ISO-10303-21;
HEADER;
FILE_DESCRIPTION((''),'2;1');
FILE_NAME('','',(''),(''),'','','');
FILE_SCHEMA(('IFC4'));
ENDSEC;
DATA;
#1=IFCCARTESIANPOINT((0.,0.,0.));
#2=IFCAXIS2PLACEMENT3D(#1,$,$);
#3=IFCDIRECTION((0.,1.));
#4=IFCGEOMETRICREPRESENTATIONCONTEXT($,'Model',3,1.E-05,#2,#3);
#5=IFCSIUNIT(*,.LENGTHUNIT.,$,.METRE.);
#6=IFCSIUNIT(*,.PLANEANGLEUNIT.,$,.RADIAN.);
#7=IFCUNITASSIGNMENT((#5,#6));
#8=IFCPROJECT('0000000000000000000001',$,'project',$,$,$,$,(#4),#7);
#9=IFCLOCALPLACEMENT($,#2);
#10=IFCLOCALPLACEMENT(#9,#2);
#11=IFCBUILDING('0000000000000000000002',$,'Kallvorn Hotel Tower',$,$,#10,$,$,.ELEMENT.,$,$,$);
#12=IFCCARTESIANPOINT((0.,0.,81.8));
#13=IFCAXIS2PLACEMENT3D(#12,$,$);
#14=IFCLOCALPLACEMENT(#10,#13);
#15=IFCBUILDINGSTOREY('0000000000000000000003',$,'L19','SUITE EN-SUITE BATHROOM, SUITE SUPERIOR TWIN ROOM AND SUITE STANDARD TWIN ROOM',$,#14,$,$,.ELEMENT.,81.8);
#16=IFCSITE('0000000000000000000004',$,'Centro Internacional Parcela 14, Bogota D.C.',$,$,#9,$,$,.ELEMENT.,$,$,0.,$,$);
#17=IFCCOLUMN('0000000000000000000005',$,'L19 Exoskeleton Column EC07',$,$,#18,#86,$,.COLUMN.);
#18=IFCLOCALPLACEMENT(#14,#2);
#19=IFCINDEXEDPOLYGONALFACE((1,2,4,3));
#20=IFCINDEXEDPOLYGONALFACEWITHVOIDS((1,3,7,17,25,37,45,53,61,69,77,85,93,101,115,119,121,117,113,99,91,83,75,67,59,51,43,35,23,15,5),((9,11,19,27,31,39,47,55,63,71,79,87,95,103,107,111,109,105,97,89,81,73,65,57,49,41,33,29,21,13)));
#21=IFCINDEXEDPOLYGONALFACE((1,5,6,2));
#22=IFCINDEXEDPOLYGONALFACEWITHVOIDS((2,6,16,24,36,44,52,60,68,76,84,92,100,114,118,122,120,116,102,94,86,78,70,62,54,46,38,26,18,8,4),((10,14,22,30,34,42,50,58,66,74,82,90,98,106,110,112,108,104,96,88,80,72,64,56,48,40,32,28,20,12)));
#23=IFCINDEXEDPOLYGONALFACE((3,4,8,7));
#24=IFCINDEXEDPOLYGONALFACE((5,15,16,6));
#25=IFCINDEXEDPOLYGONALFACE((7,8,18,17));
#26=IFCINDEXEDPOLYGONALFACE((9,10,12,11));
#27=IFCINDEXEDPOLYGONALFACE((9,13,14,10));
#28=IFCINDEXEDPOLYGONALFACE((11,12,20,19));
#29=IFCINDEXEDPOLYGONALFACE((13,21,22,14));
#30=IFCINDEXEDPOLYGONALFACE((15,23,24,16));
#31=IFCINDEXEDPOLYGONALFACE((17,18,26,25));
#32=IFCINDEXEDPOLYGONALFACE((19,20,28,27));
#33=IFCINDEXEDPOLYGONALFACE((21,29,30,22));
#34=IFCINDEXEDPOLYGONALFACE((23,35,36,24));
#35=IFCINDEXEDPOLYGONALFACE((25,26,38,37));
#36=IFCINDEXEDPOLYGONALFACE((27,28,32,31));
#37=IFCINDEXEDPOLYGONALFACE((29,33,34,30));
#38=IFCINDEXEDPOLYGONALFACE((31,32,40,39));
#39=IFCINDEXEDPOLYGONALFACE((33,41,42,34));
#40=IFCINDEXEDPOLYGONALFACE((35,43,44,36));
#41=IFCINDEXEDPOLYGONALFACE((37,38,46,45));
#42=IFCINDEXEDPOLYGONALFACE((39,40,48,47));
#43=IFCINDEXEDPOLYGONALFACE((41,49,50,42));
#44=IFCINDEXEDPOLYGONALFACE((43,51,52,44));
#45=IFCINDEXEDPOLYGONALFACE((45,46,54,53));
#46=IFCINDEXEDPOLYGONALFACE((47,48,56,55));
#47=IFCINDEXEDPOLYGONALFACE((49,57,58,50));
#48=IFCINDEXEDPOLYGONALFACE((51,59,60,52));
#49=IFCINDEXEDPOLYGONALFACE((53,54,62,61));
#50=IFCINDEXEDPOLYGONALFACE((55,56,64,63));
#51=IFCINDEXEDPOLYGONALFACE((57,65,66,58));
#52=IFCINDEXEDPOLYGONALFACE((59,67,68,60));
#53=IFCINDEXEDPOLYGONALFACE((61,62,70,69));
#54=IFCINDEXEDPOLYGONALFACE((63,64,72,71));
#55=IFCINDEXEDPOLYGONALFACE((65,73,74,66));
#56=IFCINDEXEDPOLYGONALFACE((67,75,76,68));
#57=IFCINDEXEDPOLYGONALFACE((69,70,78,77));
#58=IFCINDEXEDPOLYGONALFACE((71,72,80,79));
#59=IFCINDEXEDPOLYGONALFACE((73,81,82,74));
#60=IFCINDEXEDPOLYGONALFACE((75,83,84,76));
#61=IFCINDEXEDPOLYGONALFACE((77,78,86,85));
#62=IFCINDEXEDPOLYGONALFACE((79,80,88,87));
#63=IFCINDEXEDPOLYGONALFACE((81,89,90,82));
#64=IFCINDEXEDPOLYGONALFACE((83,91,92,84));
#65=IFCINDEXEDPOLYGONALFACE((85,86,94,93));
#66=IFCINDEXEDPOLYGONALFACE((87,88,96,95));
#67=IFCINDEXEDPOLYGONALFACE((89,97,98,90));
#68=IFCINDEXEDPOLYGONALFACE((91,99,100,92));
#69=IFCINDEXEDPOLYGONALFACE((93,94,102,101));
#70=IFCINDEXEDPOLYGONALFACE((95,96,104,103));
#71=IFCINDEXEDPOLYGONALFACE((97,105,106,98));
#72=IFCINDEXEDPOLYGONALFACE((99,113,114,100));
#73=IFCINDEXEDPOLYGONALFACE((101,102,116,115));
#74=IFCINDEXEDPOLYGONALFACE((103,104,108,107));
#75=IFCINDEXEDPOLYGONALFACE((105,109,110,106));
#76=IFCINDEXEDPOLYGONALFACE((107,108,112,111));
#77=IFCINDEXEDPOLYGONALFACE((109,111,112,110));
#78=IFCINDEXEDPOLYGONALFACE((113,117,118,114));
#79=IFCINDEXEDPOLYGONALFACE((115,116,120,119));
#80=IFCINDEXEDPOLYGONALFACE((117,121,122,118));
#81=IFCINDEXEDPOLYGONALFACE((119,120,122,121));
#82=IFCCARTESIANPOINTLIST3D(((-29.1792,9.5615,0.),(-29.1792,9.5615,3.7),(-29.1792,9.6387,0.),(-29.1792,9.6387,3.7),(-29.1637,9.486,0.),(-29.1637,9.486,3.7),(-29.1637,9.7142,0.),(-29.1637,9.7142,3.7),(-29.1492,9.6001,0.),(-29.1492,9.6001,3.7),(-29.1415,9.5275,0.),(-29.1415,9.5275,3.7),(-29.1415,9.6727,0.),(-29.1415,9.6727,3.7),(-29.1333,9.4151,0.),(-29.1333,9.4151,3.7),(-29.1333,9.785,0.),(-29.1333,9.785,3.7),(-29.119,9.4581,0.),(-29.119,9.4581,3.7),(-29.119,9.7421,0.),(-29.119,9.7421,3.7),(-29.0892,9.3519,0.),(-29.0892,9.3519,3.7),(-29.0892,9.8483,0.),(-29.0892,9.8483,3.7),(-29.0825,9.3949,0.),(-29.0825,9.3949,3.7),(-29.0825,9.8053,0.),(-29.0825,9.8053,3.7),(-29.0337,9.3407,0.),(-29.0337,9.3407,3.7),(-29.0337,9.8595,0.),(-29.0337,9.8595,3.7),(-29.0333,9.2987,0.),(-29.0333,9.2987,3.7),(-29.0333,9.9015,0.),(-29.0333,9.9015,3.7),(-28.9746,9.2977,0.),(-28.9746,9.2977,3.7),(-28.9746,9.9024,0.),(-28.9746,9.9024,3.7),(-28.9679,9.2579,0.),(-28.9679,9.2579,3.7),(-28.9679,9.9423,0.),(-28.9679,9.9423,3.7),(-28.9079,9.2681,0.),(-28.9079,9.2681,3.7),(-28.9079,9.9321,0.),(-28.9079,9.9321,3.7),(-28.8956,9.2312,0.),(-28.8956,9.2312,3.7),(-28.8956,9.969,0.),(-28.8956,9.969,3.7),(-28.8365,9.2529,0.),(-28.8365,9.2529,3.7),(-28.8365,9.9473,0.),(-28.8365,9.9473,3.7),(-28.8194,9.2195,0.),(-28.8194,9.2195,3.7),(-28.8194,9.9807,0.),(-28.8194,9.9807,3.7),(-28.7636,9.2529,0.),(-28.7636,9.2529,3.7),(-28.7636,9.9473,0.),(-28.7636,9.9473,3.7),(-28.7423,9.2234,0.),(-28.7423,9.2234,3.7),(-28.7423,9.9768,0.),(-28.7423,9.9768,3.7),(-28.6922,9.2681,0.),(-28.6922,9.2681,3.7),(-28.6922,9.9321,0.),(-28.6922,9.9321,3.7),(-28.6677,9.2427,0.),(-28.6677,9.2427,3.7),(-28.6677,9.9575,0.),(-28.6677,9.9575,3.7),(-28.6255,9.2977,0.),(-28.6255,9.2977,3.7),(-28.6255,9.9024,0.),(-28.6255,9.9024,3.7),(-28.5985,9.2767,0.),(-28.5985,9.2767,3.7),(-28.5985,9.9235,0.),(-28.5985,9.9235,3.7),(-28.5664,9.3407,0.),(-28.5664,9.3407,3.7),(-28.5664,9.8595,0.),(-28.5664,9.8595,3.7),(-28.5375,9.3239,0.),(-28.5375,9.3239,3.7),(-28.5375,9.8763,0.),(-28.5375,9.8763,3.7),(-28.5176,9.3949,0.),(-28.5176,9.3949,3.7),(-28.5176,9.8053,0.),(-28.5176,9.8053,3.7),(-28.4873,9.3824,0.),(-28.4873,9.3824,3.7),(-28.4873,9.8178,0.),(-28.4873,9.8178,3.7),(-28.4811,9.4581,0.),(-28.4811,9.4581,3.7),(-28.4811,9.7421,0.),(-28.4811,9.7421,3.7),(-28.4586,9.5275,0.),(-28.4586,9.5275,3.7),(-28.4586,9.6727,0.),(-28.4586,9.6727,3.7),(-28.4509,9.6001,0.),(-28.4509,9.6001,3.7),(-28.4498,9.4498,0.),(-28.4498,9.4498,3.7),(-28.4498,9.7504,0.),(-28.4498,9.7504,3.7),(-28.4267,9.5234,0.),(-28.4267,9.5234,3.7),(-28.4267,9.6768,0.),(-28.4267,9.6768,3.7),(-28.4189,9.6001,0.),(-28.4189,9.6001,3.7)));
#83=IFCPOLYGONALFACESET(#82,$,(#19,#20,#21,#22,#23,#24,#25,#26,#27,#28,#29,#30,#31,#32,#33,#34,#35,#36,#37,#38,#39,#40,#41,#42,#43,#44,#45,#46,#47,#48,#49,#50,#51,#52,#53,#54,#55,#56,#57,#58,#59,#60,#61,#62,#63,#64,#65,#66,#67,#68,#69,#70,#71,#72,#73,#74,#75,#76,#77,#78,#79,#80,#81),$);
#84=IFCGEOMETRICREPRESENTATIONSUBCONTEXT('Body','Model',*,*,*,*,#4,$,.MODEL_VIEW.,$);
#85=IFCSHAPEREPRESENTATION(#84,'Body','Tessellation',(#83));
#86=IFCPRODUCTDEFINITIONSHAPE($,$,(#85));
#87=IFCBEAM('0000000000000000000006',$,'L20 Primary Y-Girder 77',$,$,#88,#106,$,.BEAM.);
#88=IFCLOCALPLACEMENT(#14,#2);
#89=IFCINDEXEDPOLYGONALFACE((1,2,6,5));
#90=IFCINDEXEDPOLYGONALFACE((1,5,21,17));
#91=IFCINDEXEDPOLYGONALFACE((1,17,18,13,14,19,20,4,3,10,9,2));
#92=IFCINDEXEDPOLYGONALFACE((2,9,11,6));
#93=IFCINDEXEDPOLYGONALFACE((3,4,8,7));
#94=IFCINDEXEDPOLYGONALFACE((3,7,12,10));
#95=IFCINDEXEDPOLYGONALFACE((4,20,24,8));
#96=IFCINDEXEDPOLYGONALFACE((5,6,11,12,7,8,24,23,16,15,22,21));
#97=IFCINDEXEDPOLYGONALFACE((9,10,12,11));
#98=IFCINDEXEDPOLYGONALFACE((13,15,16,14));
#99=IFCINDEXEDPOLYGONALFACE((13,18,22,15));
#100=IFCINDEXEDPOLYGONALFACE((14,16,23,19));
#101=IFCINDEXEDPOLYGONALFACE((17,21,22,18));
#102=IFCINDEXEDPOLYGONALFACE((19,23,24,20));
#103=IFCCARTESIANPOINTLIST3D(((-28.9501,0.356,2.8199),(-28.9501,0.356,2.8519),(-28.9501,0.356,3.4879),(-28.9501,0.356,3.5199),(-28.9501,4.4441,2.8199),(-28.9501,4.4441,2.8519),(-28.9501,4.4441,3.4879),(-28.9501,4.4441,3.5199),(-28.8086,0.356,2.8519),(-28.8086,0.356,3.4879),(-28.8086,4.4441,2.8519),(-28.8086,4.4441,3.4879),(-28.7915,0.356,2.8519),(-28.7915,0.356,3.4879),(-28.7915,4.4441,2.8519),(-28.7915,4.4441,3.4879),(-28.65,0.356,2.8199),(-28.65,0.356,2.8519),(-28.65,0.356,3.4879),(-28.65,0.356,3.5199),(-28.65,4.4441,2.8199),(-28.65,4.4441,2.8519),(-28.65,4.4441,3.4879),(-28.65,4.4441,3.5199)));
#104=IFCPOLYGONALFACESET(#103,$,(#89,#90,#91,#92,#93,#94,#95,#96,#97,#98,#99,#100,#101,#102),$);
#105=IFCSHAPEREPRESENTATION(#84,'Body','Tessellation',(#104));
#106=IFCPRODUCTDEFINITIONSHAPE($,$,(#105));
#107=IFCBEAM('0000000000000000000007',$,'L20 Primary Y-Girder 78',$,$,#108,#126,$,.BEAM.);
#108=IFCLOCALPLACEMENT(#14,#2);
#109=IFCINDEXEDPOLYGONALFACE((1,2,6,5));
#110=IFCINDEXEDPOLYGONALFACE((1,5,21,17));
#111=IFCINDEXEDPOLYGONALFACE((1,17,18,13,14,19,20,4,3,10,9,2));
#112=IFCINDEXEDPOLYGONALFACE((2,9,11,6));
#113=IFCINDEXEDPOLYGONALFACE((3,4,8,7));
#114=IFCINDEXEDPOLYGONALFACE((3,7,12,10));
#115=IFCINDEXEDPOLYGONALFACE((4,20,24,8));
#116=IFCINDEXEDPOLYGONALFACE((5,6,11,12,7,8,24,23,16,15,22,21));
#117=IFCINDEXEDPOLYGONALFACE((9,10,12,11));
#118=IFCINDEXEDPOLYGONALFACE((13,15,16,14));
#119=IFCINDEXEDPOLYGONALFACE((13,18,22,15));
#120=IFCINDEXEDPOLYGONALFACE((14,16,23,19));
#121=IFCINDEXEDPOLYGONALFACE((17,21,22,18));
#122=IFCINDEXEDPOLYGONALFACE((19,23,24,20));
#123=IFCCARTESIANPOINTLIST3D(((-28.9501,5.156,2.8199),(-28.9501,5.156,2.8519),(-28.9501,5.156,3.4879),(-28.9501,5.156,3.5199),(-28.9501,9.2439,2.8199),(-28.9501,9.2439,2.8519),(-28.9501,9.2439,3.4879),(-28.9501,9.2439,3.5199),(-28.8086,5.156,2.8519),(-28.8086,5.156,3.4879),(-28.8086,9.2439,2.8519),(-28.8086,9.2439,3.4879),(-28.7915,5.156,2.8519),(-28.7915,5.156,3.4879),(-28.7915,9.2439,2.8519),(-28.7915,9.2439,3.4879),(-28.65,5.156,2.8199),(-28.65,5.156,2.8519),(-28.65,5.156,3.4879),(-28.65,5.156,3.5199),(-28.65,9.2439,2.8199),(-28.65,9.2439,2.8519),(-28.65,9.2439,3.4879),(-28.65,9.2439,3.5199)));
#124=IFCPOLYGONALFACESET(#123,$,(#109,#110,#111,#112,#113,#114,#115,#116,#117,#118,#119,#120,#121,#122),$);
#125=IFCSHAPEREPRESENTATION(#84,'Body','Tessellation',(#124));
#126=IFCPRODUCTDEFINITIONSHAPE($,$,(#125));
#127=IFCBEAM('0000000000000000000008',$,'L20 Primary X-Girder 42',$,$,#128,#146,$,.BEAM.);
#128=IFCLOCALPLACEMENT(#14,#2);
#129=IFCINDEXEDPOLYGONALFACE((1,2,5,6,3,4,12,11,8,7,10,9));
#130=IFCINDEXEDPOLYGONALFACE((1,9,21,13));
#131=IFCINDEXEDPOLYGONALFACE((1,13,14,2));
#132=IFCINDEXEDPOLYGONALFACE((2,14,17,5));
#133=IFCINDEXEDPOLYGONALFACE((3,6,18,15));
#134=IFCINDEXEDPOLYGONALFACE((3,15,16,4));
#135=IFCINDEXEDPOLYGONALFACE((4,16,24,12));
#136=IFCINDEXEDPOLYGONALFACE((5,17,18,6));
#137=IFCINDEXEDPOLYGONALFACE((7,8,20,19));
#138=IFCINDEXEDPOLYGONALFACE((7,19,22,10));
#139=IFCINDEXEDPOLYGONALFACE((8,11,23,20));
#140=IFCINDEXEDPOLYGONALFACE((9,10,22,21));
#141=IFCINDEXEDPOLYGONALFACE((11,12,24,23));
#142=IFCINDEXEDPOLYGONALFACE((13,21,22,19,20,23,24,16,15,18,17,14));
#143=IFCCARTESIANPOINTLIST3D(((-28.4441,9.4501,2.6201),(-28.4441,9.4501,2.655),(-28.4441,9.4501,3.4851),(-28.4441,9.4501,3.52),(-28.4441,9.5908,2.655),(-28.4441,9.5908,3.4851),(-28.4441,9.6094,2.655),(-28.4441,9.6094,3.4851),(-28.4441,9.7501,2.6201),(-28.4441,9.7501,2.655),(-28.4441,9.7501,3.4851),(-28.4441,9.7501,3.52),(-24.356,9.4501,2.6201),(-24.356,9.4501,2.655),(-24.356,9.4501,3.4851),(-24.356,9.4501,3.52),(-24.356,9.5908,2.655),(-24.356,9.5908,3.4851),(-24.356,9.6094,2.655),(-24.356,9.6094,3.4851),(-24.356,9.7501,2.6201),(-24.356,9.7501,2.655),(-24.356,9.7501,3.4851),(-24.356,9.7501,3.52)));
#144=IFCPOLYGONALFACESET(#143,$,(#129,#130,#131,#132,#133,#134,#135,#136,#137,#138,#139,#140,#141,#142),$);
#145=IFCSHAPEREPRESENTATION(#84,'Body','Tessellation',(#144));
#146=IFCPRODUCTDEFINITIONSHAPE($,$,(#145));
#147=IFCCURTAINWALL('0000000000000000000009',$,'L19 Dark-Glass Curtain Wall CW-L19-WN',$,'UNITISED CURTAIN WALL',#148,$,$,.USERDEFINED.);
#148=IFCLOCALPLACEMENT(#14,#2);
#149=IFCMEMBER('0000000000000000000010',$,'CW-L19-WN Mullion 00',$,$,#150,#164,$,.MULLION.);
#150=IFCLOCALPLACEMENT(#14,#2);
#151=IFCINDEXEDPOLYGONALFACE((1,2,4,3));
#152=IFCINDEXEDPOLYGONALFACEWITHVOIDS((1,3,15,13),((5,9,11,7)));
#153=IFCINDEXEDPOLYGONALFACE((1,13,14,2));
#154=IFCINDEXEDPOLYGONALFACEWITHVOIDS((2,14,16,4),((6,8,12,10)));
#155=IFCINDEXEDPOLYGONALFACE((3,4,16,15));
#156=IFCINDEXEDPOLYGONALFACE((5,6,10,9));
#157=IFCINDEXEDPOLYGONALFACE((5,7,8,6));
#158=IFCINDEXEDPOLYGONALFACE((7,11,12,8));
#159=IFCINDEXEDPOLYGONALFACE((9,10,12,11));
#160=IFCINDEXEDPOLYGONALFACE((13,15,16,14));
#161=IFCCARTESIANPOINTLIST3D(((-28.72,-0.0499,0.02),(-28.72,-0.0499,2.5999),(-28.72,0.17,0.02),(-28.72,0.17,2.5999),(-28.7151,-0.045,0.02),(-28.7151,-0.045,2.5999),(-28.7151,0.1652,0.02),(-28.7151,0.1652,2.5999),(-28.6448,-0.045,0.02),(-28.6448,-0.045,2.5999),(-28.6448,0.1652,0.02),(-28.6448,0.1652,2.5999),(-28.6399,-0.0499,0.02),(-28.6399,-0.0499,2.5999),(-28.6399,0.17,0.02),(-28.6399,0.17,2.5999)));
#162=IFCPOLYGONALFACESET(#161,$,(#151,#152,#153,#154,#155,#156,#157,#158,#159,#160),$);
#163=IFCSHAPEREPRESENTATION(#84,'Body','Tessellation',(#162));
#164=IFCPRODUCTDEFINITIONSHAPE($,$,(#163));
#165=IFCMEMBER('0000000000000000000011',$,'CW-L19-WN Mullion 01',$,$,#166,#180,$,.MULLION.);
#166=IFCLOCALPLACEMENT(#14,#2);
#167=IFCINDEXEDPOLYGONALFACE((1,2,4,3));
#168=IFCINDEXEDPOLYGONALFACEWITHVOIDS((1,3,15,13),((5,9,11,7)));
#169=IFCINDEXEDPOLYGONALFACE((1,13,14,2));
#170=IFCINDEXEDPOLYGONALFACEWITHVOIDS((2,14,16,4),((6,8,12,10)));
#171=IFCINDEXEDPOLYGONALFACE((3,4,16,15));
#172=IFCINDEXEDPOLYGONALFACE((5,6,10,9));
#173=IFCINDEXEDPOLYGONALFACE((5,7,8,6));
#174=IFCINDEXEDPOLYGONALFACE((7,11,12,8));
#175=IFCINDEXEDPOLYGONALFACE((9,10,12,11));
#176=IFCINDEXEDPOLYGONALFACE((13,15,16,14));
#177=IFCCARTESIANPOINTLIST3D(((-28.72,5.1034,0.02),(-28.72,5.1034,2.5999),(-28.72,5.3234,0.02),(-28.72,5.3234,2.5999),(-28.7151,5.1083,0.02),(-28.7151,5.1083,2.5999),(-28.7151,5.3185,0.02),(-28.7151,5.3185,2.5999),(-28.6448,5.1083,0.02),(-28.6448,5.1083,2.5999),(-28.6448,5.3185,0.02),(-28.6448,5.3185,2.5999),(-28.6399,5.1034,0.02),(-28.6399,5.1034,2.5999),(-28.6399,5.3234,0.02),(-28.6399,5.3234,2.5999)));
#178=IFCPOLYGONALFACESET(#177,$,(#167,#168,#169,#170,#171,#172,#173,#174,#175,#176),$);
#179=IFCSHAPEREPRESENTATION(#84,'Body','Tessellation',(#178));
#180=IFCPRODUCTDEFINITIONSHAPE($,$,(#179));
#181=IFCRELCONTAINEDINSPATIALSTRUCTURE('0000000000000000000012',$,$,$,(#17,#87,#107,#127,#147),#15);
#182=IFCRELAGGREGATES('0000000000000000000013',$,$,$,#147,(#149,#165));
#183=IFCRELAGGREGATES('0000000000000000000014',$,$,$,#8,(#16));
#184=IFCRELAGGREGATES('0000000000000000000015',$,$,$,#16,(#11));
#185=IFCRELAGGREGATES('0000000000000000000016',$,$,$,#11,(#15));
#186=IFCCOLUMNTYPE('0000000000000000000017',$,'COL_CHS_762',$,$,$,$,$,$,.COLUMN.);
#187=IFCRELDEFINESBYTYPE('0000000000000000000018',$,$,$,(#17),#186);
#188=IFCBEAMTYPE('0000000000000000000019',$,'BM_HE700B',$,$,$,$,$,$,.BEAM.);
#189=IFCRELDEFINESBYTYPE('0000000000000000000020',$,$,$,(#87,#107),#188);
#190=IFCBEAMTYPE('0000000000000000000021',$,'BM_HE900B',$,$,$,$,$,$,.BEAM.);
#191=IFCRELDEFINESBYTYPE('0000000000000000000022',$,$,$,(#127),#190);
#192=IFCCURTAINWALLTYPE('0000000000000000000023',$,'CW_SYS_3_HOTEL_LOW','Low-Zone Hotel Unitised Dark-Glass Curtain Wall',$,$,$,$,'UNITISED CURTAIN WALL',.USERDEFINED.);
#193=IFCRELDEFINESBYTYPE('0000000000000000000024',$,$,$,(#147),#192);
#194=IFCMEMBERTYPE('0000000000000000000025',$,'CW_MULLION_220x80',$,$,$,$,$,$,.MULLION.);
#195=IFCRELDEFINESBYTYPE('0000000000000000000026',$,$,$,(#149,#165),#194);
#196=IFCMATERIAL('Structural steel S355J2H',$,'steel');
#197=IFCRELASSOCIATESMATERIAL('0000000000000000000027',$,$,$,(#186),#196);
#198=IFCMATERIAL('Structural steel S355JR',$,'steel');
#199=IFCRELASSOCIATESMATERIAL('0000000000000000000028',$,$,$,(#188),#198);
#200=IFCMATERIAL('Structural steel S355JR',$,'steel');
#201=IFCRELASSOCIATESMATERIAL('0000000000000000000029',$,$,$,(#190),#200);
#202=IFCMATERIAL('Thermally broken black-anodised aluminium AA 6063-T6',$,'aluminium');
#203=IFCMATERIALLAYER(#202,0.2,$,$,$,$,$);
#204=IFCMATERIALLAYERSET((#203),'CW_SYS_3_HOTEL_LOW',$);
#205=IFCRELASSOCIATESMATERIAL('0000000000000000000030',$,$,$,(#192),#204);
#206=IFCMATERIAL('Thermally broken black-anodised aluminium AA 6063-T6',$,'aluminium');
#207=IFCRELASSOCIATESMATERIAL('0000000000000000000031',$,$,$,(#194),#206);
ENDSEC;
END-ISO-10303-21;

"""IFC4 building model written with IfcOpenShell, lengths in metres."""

from ifc_helpers import new_model, si_unit, direction, frame, origin, origin_2d, place, context, subcontext, project, spatial, hollow_rectangle, hollow_circle, i_section, extrude, material, layer, layer_set, material_profile, profile_set, type_object, element, aggregate, save


model = new_model("IFC4")

# Units and contexts
model_context = context("Model", 3, precision=1e-05, world=origin(), true_north=direction((0.0, 1.0)))
body_context = subcontext(model_context, "Body", "Model", "MODEL_VIEW")
ifc_project = project(units=[si_unit("LENGTHUNIT", "METRE"), si_unit("PLANEANGLEUNIT", "RADIAN")], contexts=[model_context])

# Site, building, storey
site_placement = place(None, origin())
site = spatial("IfcSite", under=ifc_project, at=site_placement, Name="Centro Internacional Parcela 14, Bogota D.C.", CompositionType="ELEMENT", RefElevation=0.0)
building_placement = place(site_placement, origin())
building = spatial("IfcBuilding", under=site, at=building_placement, Name="Kallvorn Hotel Tower", CompositionType="ELEMENT")
storey_placement = place(building_placement, frame((0.0, 0.0, 81.8)))
storey = spatial("IfcBuildingStorey", under=building, at=storey_placement, Name="L19", Description="SUITE EN-SUITE BATHROOM, SUITE SUPERIOR TWIN ROOM AND SUITE STANDARD TWIN ROOM", CompositionType="ELEMENT", Elevation=81.8)

# Column
ifc_material_1 = material(Name="Structural steel S355J2H", Category="steel")
ifc_material_profile_1 = material_profile(ifc_material_1, hollow_circle(Radius=0.3811, WallThickness=0.032, at=origin_2d()), Name="CHS 762x32")
ifc_profile_set_1 = profile_set([ifc_material_profile_1], Name="Structural steel S355J2H")
column_type = type_object("IfcColumnType", Name="COL_CHS_762", PredefinedType="COLUMN", material=ifc_profile_set_1)
for number, where, z_axis, x_axis, name in (
    (1, (-28.8, 9.6001, 0.0), (0.0, 0.0, 1.0), (1.0, 0.0, 0.0), "L19 Exoskeleton Column EC07"),
):
    element("IfcColumn", number, at=place(storey_placement, frame(where, z_axis=z_axis, x_axis=x_axis)), inside=storey, type_object=column_type, Name=name, PredefinedType="COLUMN", context=body_context, shape_type="SweptSolid", body=[
        extrude(hollow_circle(Radius=0.3811, WallThickness=0.032, at=origin_2d()), origin(), (0.0, 0.0, 1.0), 3.7),
    ])

# Beams
ifc_material_2 = material(Name="Structural steel S355JR", Category="steel")
ifc_material_profile_2 = material_profile(ifc_material_2, i_section(OverallWidth=0.3, OverallDepth=0.7, WebThickness=0.0171, FlangeThickness=0.032, at=origin_2d()), Name="HE 700 B")
ifc_profile_set_2 = profile_set([ifc_material_profile_2], Name="Structural steel S355JR")
beam_type_1 = type_object("IfcBeamType", Name="BM_HE700B", PredefinedType="BEAM", material=ifc_profile_set_2)
beam_1_placement = place(storey_placement, frame((-28.8, 0.356, 3.1699), z_axis=(0.0, 1.0, 0.0), x_axis=(-1.0, 0.0, 0.0)))
element("IfcBeam", 2, at=beam_1_placement, inside=storey, type_object=beam_type_1, Name="L20 Primary Y-Girder 77", PredefinedType="BEAM", context=body_context, shape_type="SweptSolid", body=[
    extrude(i_section(OverallWidth=0.3, OverallDepth=0.7, WebThickness=0.0171, FlangeThickness=0.032, at=origin_2d()), origin(), (0.0, 0.0, 1.0), 4.0881),
])
beam_2_placement = place(storey_placement, frame((-28.8, 5.156, 3.1699), z_axis=(0.0, 1.0, 0.0), x_axis=(-1.0, 0.0, 0.0)))
element("IfcBeam", 3, at=beam_2_placement, inside=storey, type_object=beam_type_1, Name="L20 Primary Y-Girder 78", PredefinedType="BEAM", context=body_context, shape_type="SweptSolid", body=[
    extrude(i_section(OverallWidth=0.3, OverallDepth=0.7, WebThickness=0.0171, FlangeThickness=0.032, at=origin_2d()), origin(), (0.0, 0.0, 1.0), 4.0879),
])
ifc_material_3 = material(Name="Structural steel S355JR", Category="steel")
ifc_material_profile_3 = material_profile(ifc_material_3, i_section(OverallWidth=0.3, OverallDepth=0.8999, WebThickness=0.0186, FlangeThickness=0.0349, at=origin_2d()), Name="HE 900 B")
ifc_profile_set_3 = profile_set([ifc_material_profile_3], Name="Structural steel S355JR")
beam_type_2 = type_object("IfcBeamType", Name="BM_HE900B", PredefinedType="BEAM", material=ifc_profile_set_3)
beam_3_placement = place(storey_placement, frame((-28.4441, 9.6001, 3.0701), z_axis=(1.0, 0.0, 0.0), x_axis=(0.0, 1.0, 0.0)))
element("IfcBeam", 4, at=beam_3_placement, inside=storey, type_object=beam_type_2, Name="L20 Primary X-Girder 42", PredefinedType="BEAM", context=body_context, shape_type="SweptSolid", body=[
    extrude(i_section(OverallWidth=0.3, OverallDepth=0.8999, WebThickness=0.0186, FlangeThickness=0.0349, at=origin_2d()), origin(), (0.0, 0.0, 1.0), 4.0881),
])

# Curtain wall, members
ifc_material_4 = material(Name="Thermally broken black-anodised aluminium AA 6063-T6", Category="aluminium")
ifc_layer_1 = layer(ifc_material_4, 0.2)
ifc_layer_set_1 = layer_set([ifc_layer_1], Name="CW_SYS_3_HOTEL_LOW")
curtain_wall_type = type_object("IfcCurtainWallType", Name="CW_SYS_3_HOTEL_LOW", Description="Low-Zone Hotel Unitised Dark-Glass Curtain Wall", ElementType="UNITISED CURTAIN WALL", PredefinedType="USERDEFINED", material=ifc_layer_set_1)
curtain_wall_placement = place(storey_placement, origin())
curtain_wall = element("IfcCurtainWall", 5, at=curtain_wall_placement, inside=storey, type_object=curtain_wall_type, Name="L19 Dark-Glass Curtain Wall CW-L19-WN", ObjectType="UNITISED CURTAIN WALL", PredefinedType="USERDEFINED")
ifc_material_5 = material(Name="Thermally broken black-anodised aluminium AA 6063-T6", Category="aluminium")
ifc_material_profile_4 = material_profile(ifc_material_5, hollow_rectangle(XDim=0.0801, YDim=0.22, WallThickness=0.0049, at=origin_2d()), Name="MUL 220x80")
ifc_profile_set_4 = profile_set([ifc_material_profile_4], Name="Thermally broken black-anodised aluminium AA 6063-T6")
member_type_1 = type_object("IfcMemberType", Name="CW_MULLION_220x80", PredefinedType="MULLION", material=ifc_profile_set_4)
member_1_placement = place(storey_placement, frame((-28.6799, 0.0601, 0.02), z_axis=(0.0, 0.0, 1.0), x_axis=(1.0, 0.0, 0.0)))
member_1 = element("IfcMember", 6, at=member_1_placement, type_object=member_type_1, Name="CW-L19-WN Mullion 00", PredefinedType="MULLION", context=body_context, shape_type="SweptSolid", body=[
    extrude(hollow_rectangle(XDim=0.0801, YDim=0.22, WallThickness=0.0049, at=origin_2d()), origin(), (0.0, 0.0, 1.0), 2.5798),
])
member_2_placement = place(storey_placement, frame((-28.6799, 5.2134, 0.02), z_axis=(0.0, 0.0, 1.0), x_axis=(1.0, 0.0, 0.0)))
member_2 = element("IfcMember", 7, at=member_2_placement, type_object=member_type_1, Name="CW-L19-WN Mullion 01", PredefinedType="MULLION", context=body_context, shape_type="SweptSolid", body=[
    extrude(hollow_rectangle(XDim=0.0801, YDim=0.22, WallThickness=0.0049, at=origin_2d()), origin(), (0.0, 0.0, 1.0), 2.5798),
])
aggregate(curtain_wall, [member_1, member_2])

save(model, "model.ifc")
